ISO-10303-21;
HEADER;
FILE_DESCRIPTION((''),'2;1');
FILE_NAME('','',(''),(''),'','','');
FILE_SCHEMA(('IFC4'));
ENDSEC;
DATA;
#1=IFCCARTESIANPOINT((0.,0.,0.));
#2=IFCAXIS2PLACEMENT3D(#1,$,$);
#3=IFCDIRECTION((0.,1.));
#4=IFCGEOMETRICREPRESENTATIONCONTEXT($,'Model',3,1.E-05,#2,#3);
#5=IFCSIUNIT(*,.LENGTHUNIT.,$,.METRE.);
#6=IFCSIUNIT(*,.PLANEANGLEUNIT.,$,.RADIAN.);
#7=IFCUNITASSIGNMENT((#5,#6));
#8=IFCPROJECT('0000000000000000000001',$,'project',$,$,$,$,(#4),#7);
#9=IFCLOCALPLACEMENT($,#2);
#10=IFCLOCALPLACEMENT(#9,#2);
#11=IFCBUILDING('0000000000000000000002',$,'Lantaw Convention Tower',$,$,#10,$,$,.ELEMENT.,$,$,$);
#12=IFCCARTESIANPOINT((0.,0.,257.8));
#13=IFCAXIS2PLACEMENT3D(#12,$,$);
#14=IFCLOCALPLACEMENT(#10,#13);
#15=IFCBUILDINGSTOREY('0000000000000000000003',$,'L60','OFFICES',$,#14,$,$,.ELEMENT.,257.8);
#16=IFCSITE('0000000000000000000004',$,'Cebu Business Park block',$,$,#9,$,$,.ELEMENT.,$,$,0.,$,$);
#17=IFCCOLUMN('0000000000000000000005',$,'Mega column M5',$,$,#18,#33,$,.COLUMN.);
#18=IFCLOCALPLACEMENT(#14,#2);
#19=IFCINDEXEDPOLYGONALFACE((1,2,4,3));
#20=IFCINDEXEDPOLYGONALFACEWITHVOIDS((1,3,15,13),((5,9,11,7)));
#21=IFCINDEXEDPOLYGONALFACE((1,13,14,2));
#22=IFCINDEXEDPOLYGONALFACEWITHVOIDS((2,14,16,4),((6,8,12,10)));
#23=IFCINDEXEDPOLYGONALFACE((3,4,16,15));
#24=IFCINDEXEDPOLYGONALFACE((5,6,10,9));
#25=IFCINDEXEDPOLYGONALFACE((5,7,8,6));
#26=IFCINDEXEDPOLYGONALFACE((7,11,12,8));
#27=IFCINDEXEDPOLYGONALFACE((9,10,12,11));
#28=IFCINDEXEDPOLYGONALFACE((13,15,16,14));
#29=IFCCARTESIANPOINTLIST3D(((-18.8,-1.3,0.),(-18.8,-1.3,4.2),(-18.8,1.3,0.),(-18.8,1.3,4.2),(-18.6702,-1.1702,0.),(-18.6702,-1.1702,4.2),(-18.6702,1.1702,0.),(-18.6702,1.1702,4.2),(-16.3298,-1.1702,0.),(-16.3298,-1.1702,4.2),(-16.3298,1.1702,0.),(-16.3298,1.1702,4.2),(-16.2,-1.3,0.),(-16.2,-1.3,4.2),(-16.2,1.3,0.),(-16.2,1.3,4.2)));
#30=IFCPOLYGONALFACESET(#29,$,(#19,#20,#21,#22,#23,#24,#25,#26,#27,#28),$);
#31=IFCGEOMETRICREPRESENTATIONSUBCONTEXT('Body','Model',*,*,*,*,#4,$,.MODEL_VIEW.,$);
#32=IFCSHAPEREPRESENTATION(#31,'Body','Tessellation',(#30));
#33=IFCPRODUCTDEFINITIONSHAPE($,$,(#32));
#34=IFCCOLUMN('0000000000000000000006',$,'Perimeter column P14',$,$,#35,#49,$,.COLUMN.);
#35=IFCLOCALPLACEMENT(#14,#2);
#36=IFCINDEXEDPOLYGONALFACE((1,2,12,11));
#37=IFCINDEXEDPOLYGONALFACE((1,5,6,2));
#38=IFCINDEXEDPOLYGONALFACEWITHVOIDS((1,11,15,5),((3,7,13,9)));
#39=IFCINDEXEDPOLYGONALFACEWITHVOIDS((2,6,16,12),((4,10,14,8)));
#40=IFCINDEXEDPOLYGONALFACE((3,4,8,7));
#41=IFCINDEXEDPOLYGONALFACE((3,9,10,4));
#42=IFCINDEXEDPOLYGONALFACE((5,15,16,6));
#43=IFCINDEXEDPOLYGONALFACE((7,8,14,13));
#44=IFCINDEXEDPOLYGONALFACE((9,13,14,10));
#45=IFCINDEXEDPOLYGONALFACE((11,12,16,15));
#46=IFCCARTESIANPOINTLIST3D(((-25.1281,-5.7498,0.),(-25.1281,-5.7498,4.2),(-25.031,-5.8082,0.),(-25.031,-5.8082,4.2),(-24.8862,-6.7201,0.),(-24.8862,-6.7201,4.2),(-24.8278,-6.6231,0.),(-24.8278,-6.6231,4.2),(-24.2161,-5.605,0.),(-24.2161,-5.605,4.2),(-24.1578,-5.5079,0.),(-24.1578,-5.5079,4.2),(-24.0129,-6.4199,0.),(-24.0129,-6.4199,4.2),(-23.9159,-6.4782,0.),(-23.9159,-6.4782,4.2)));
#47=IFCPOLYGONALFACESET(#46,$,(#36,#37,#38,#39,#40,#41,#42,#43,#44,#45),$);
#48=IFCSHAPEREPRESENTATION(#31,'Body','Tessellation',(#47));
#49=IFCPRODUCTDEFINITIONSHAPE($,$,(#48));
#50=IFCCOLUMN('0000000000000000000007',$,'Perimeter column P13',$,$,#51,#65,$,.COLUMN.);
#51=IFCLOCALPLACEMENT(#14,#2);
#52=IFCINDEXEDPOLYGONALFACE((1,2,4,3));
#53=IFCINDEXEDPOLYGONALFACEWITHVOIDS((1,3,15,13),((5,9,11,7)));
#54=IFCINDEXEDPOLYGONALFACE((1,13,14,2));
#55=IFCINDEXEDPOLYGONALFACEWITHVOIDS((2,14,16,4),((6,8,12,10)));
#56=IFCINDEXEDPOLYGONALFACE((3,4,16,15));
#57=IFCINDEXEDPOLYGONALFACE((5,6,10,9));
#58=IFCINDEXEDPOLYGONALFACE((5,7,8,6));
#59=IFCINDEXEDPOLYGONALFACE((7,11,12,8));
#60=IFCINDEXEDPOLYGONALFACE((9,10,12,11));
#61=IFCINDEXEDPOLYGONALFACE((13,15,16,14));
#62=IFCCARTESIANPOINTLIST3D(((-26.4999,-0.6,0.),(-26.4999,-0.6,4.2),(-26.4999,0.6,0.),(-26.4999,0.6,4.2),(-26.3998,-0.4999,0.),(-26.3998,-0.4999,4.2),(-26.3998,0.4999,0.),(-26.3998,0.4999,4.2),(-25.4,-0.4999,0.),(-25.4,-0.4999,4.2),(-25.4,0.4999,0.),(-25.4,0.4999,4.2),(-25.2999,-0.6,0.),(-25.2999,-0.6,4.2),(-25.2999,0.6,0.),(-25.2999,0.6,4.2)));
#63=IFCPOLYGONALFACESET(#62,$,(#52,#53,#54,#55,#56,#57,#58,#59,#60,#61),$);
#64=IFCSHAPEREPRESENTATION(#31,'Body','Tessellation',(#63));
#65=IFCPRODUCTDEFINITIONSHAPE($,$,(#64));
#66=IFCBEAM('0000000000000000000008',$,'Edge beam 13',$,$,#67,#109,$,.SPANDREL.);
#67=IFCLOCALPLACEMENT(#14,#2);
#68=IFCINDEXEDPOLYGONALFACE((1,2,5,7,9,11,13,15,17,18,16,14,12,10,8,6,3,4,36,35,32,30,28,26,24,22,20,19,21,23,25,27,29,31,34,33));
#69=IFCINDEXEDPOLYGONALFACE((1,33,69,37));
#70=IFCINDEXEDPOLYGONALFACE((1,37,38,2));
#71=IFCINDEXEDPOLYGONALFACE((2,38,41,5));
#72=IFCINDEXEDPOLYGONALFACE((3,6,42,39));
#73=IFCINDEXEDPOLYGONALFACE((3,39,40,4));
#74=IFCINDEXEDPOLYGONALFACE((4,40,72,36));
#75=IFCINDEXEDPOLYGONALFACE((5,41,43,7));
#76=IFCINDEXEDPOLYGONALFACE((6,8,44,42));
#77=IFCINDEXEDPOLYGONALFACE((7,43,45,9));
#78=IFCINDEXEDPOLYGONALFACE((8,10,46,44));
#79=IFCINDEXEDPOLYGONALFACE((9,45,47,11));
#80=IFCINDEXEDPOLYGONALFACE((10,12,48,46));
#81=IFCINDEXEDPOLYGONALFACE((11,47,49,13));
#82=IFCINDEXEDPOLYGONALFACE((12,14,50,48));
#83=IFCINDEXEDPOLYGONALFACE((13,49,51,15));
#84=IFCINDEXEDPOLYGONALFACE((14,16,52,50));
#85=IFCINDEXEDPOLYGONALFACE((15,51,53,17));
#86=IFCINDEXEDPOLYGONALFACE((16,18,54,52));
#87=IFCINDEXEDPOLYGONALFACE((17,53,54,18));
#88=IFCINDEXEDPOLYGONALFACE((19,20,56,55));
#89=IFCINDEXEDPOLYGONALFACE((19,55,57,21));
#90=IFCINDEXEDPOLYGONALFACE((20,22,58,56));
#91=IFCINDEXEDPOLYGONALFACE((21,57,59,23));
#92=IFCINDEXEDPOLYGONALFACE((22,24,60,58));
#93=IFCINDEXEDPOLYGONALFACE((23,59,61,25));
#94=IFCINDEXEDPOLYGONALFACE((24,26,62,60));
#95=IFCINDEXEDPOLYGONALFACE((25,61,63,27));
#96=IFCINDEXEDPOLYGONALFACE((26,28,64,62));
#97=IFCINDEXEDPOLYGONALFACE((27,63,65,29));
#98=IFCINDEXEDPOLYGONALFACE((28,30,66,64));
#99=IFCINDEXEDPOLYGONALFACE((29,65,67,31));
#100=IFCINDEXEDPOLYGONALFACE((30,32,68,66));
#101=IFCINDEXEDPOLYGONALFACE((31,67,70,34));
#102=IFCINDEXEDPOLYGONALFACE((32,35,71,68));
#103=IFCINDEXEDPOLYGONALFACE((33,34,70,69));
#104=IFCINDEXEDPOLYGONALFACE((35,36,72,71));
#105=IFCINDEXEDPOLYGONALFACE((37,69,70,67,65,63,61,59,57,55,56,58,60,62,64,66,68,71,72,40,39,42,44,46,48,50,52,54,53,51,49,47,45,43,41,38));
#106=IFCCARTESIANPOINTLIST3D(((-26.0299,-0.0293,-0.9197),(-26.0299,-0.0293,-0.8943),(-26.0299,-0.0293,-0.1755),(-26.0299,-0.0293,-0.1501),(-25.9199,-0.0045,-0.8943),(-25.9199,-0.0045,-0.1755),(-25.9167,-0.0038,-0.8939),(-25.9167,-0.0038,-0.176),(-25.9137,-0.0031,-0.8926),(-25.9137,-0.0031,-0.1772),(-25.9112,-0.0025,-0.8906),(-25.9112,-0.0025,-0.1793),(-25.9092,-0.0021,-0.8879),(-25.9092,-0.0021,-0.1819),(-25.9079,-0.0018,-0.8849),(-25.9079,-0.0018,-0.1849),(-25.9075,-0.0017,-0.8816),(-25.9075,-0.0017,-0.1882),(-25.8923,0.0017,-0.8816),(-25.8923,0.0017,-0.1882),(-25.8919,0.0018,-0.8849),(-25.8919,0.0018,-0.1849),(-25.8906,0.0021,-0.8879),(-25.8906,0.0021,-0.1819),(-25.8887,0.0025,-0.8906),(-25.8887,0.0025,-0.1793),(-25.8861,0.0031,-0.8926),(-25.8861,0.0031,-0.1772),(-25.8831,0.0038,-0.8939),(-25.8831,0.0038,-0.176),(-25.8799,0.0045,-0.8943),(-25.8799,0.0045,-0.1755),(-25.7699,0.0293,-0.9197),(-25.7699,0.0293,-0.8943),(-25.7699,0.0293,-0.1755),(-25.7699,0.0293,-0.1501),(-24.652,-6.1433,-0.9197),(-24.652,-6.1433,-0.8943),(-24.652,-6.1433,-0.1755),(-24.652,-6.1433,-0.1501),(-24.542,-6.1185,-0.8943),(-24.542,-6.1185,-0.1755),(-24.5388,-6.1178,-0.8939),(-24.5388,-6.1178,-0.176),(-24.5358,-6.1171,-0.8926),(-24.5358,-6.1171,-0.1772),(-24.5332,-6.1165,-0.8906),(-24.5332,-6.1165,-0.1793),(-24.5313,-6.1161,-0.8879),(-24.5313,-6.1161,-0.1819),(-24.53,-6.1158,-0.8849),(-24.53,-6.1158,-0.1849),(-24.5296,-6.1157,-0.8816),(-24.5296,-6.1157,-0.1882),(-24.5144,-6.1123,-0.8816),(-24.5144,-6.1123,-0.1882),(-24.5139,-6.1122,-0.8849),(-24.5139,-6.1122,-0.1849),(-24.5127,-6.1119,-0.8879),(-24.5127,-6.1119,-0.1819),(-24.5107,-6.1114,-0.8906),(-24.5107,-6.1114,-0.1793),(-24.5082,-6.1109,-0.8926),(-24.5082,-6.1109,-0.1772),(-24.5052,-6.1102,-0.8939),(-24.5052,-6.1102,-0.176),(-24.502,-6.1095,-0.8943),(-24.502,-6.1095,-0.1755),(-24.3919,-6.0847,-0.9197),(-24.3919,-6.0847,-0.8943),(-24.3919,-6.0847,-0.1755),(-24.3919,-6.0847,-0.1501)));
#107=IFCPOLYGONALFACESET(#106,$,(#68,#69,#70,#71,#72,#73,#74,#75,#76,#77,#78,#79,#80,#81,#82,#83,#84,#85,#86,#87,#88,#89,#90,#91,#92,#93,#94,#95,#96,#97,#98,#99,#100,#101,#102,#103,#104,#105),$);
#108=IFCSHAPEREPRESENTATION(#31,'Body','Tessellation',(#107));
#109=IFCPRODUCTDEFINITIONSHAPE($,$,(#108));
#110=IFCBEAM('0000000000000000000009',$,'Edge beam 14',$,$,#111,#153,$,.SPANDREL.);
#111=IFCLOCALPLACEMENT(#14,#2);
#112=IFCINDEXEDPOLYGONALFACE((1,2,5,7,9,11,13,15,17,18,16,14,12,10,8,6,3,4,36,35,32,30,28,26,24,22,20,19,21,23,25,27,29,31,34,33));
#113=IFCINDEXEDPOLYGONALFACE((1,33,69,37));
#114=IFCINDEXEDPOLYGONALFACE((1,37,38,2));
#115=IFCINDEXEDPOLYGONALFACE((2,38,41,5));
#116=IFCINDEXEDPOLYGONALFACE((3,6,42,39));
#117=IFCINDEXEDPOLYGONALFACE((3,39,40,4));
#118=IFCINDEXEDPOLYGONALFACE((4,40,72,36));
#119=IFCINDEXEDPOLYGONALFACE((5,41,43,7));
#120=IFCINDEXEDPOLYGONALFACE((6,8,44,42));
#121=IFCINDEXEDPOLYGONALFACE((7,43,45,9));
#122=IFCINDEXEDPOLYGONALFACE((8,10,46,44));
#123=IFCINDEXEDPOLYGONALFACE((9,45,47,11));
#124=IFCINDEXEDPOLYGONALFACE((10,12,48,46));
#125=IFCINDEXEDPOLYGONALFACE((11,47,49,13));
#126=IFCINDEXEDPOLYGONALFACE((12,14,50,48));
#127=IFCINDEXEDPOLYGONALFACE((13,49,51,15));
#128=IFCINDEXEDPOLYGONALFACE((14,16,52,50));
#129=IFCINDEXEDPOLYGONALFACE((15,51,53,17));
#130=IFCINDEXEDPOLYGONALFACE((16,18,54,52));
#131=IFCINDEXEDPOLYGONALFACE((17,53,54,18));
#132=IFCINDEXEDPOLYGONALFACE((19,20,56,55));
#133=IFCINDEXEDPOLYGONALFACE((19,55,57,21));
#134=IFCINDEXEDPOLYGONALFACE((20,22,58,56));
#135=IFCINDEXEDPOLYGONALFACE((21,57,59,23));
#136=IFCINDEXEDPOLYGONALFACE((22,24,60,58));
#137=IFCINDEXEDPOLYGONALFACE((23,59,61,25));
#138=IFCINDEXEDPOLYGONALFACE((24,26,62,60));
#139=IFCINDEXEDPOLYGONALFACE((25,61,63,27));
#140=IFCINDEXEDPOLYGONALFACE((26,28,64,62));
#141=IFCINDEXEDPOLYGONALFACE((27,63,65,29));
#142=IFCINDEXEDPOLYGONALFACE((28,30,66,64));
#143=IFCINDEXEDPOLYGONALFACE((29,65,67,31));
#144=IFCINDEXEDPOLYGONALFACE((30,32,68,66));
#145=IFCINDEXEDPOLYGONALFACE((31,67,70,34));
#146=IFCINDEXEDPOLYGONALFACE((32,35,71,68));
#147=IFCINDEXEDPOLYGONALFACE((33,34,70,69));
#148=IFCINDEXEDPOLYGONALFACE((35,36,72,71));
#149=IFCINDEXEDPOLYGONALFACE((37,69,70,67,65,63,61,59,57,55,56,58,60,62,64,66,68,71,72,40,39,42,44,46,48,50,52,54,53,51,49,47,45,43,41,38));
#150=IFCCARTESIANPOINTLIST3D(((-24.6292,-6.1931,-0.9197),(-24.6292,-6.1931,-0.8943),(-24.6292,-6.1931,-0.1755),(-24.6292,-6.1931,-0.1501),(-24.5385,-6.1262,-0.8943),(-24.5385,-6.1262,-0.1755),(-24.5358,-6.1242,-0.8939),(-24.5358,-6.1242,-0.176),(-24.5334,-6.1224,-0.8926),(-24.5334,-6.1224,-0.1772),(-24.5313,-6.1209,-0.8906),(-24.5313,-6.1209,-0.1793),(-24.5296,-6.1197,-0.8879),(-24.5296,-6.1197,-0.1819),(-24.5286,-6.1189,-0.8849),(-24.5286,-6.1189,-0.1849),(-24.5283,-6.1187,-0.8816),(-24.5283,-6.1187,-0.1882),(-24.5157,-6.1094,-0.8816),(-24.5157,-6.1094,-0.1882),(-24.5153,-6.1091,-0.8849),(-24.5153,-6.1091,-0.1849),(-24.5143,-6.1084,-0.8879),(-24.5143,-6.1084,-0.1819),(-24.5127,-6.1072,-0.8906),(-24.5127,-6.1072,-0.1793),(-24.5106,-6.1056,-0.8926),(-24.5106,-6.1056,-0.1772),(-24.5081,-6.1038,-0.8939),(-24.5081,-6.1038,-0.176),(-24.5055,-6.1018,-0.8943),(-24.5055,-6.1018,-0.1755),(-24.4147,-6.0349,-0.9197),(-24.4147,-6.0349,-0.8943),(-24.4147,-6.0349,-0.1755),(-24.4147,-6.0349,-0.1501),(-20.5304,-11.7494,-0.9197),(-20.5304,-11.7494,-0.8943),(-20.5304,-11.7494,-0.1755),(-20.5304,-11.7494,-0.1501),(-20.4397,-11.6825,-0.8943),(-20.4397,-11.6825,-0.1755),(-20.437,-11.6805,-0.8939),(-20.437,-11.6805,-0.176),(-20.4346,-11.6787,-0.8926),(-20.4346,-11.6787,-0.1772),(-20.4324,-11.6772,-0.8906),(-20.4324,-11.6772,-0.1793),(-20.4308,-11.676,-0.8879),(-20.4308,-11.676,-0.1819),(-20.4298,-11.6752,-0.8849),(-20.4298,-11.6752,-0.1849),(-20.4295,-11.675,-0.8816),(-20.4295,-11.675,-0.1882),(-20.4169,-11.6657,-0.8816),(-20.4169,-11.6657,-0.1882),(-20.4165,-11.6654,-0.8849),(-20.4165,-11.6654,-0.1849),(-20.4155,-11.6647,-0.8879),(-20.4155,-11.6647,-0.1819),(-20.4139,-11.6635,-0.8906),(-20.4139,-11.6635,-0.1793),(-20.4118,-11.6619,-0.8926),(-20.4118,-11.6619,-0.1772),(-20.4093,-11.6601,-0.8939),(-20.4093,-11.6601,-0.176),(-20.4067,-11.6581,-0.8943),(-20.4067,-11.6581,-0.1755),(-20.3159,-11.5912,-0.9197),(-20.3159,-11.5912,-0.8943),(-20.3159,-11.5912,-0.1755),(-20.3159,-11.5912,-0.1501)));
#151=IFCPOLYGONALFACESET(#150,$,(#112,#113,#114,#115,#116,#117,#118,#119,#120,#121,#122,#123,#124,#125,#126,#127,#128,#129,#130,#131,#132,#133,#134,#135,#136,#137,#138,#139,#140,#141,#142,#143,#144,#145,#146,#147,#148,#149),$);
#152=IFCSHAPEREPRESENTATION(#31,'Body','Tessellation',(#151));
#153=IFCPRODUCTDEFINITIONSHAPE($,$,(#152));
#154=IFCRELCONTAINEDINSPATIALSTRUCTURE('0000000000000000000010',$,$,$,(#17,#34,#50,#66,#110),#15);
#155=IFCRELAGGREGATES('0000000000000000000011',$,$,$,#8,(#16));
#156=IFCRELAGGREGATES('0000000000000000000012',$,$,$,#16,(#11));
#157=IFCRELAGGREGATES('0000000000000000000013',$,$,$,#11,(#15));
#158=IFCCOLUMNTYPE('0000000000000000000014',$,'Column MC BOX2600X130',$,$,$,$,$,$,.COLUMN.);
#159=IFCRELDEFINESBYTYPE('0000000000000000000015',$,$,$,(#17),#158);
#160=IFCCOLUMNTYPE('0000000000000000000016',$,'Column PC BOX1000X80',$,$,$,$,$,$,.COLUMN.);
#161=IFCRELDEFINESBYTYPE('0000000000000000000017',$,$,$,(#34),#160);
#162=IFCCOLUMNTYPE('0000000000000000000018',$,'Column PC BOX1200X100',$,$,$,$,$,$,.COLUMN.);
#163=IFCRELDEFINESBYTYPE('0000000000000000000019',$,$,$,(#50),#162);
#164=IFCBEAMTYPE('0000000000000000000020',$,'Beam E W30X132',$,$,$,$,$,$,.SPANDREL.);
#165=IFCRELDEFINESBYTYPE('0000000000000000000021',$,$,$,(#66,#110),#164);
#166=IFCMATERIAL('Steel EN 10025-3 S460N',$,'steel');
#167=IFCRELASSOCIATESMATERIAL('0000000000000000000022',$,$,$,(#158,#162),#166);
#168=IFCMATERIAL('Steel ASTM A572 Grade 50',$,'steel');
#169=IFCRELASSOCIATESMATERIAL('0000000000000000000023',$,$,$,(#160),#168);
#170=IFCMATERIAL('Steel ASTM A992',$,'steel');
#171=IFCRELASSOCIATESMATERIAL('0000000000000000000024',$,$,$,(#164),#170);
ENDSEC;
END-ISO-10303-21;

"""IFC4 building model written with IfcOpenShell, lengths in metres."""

from ifc_helpers import new_model, si_unit, direction, frame, origin, origin_2d, place, context, subcontext, project, spatial, rectangle, hollow_rectangle, i_section, extrude, material, material_profile, profile_set, type_object, element, save


model = new_model("IFC4")

# Units and contexts
model_context = context("Model", 3, precision=1e-05, world=origin(), true_north=direction((0.0, 1.0)))
body_context = subcontext(model_context, "Body", "Model", "MODEL_VIEW")
ifc_project = project(units=[si_unit("LENGTHUNIT", "METRE"), si_unit("PLANEANGLEUNIT", "RADIAN")], contexts=[model_context])

# Site, building, storey
site_placement = place(None, origin())
site = spatial("IfcSite", under=ifc_project, at=site_placement, Name="Cebu Business Park block", CompositionType="ELEMENT", RefElevation=0.0)
building_placement = place(site_placement, origin())
building = spatial("IfcBuilding", under=site, at=building_placement, Name="Lantaw Convention Tower", CompositionType="ELEMENT")
storey_placement = place(building_placement, frame((0.0, 0.0, 257.8)))
storey = spatial("IfcBuildingStorey", under=building, at=storey_placement, Name="L60", Description="OFFICES", CompositionType="ELEMENT", Elevation=257.8)

# Columns
ifc_material_1 = material(Name="Steel EN 10025-3 S460N", Category="steel")
ifc_material_profile_1 = material_profile(ifc_material_1, hollow_rectangle(XDim=2.6001, YDim=2.6001, WallThickness=0.1299, at=origin_2d()), Name="BOX2600X130")
ifc_material_2 = material(Name="Concrete C60/75", Category="concrete")
ifc_material_profile_2 = material_profile(ifc_material_2, rectangle(XDim=2.3401, YDim=2.3401, at=origin_2d()), Name="Concrete fill of BOX2600X130")
ifc_profile_set_1 = profile_set([ifc_material_profile_1, ifc_material_profile_2], Name="Steel EN 10025-3 S460N")
column_type_1 = type_object("IfcColumnType", Name="Column MC BOX2600X130", PredefinedType="COLUMN", material=ifc_profile_set_1)
column_1_placement = place(storey_placement, frame((-17.5, 0.0, 0.0), z_axis=(0.0, 0.0, 1.0), x_axis=(1.0, 0.0, 0.0)))
element("IfcColumn", 1, at=column_1_placement, inside=storey, type_object=column_type_1, Name="Mega column M5", PredefinedType="COLUMN", context=body_context, shape_type="SweptSolid", body=[
    extrude(hollow_rectangle(XDim=2.6001, YDim=2.6001, WallThickness=0.1299, at=origin_2d()), origin(), (0.0, 0.0, 1.0), 4.2),
])
ifc_material_3 = material(Name="Steel ASTM A572 Grade 50", Category="steel")
ifc_material_profile_3 = material_profile(ifc_material_3, hollow_rectangle(XDim=1.0, YDim=1.0, WallThickness=0.0801, at=origin_2d()), Name="BOX1000X80")
ifc_material_profile_4 = material_profile(ifc_material_2, rectangle(XDim=0.8401, YDim=0.8401, at=origin_2d()), Name="Concrete fill of BOX1000X80")
ifc_profile_set_2 = profile_set([ifc_material_profile_3, ifc_material_profile_4], Name="Steel ASTM A572 Grade 50")
column_type_2 = type_object("IfcColumnType", Name="Column PC BOX1000X80", PredefinedType="COLUMN", material=ifc_profile_set_2)
column_2_placement = place(storey_placement, frame((-24.522, -6.114, 0.0), z_axis=(0.0, 0.0, 1.0), x_axis=(0.970296, 0.241922, 0.0)))
element("IfcColumn", 2, at=column_2_placement, inside=storey, type_object=column_type_2, Name="Perimeter column P14", PredefinedType="COLUMN", context=body_context, shape_type="SweptSolid", body=[
    extrude(hollow_rectangle(XDim=1.0, YDim=1.0, WallThickness=0.0801, at=origin_2d()), origin(), (0.0, 0.0, 1.0), 4.2),
])
ifc_material_profile_5 = material_profile(ifc_material_1, hollow_rectangle(XDim=1.2, YDim=1.2, WallThickness=0.1001, at=origin_2d()), Name="BOX1200X100")
ifc_material_profile_6 = material_profile(ifc_material_2, rectangle(XDim=1.0, YDim=1.0, at=origin_2d()), Name="Concrete fill of BOX1200X100")
ifc_profile_set_3 = profile_set([ifc_material_profile_5, ifc_material_profile_6], Name="Steel EN 10025-3 S460N")
column_type_3 = type_object("IfcColumnType", Name="Column PC BOX1200X100", PredefinedType="COLUMN", material=ifc_profile_set_3)
column_3_placement = place(storey_placement, frame((-25.8999, 0.0, 0.0), z_axis=(0.0, 0.0, 1.0), x_axis=(1.0, 0.0, 0.0)))
element("IfcColumn", 3, at=column_3_placement, inside=storey, type_object=column_type_3, Name="Perimeter column P13", PredefinedType="COLUMN", context=body_context, shape_type="SweptSolid", body=[
    extrude(hollow_rectangle(XDim=1.2, YDim=1.2, WallThickness=0.1001, at=origin_2d()), origin(), (0.0, 0.0, 1.0), 4.2),
])

# Beams
ifc_material_4 = material(Name="Steel ASTM A992", Category="steel")
ifc_material_profile_7 = material_profile(ifc_material_4, i_section(OverallWidth=0.2666, OverallDepth=0.7695, WebThickness=0.0156, FlangeThickness=0.0254, FilletRadius=0.0127, at=origin_2d()), Name="W30X132")
ifc_profile_set_4 = profile_set([ifc_material_profile_7], Name="Steel ASTM A992")
beam_type_1 = type_object("IfcBeamType", Name="Beam E W30X132", PredefinedType="SPANDREL", material=ifc_profile_set_4)
beam_1_placement = place(storey_placement, frame((-25.8999, 0.0, -0.5349), z_axis=(0.219858, -0.975532, 0.0), x_axis=(0.975532, 0.219858, 0.0)))
element("IfcBeam", 4, at=beam_1_placement, inside=storey, type_object=beam_type_1, Name="Edge beam 13", PredefinedType="SPANDREL", context=body_context, shape_type="SweptSolid", body=[
    extrude(i_section(OverallWidth=0.2666, OverallDepth=0.7695, WebThickness=0.0156, FlangeThickness=0.0254, FilletRadius=0.0127, at=origin_2d()), origin(), (0.0, 0.0, 1.0), 6.2673),
])
beam_2_placement = place(storey_placement, frame((-24.522, -6.114, -0.5349), z_axis=(0.593639, -0.804731, 0.0), x_axis=(0.804731, 0.593639, 0.0)))
element("IfcBeam", 5, at=beam_2_placement, inside=storey, type_object=beam_type_1, Name="Edge beam 14", PredefinedType="SPANDREL", context=body_context, shape_type="SweptSolid", body=[
    extrude(i_section(OverallWidth=0.2666, OverallDepth=0.7695, WebThickness=0.0156, FlangeThickness=0.0254, FilletRadius=0.0127, at=origin_2d()), origin(), (0.0, 0.0, 1.0), 6.9045),
])

save(model, "model.ifc")
